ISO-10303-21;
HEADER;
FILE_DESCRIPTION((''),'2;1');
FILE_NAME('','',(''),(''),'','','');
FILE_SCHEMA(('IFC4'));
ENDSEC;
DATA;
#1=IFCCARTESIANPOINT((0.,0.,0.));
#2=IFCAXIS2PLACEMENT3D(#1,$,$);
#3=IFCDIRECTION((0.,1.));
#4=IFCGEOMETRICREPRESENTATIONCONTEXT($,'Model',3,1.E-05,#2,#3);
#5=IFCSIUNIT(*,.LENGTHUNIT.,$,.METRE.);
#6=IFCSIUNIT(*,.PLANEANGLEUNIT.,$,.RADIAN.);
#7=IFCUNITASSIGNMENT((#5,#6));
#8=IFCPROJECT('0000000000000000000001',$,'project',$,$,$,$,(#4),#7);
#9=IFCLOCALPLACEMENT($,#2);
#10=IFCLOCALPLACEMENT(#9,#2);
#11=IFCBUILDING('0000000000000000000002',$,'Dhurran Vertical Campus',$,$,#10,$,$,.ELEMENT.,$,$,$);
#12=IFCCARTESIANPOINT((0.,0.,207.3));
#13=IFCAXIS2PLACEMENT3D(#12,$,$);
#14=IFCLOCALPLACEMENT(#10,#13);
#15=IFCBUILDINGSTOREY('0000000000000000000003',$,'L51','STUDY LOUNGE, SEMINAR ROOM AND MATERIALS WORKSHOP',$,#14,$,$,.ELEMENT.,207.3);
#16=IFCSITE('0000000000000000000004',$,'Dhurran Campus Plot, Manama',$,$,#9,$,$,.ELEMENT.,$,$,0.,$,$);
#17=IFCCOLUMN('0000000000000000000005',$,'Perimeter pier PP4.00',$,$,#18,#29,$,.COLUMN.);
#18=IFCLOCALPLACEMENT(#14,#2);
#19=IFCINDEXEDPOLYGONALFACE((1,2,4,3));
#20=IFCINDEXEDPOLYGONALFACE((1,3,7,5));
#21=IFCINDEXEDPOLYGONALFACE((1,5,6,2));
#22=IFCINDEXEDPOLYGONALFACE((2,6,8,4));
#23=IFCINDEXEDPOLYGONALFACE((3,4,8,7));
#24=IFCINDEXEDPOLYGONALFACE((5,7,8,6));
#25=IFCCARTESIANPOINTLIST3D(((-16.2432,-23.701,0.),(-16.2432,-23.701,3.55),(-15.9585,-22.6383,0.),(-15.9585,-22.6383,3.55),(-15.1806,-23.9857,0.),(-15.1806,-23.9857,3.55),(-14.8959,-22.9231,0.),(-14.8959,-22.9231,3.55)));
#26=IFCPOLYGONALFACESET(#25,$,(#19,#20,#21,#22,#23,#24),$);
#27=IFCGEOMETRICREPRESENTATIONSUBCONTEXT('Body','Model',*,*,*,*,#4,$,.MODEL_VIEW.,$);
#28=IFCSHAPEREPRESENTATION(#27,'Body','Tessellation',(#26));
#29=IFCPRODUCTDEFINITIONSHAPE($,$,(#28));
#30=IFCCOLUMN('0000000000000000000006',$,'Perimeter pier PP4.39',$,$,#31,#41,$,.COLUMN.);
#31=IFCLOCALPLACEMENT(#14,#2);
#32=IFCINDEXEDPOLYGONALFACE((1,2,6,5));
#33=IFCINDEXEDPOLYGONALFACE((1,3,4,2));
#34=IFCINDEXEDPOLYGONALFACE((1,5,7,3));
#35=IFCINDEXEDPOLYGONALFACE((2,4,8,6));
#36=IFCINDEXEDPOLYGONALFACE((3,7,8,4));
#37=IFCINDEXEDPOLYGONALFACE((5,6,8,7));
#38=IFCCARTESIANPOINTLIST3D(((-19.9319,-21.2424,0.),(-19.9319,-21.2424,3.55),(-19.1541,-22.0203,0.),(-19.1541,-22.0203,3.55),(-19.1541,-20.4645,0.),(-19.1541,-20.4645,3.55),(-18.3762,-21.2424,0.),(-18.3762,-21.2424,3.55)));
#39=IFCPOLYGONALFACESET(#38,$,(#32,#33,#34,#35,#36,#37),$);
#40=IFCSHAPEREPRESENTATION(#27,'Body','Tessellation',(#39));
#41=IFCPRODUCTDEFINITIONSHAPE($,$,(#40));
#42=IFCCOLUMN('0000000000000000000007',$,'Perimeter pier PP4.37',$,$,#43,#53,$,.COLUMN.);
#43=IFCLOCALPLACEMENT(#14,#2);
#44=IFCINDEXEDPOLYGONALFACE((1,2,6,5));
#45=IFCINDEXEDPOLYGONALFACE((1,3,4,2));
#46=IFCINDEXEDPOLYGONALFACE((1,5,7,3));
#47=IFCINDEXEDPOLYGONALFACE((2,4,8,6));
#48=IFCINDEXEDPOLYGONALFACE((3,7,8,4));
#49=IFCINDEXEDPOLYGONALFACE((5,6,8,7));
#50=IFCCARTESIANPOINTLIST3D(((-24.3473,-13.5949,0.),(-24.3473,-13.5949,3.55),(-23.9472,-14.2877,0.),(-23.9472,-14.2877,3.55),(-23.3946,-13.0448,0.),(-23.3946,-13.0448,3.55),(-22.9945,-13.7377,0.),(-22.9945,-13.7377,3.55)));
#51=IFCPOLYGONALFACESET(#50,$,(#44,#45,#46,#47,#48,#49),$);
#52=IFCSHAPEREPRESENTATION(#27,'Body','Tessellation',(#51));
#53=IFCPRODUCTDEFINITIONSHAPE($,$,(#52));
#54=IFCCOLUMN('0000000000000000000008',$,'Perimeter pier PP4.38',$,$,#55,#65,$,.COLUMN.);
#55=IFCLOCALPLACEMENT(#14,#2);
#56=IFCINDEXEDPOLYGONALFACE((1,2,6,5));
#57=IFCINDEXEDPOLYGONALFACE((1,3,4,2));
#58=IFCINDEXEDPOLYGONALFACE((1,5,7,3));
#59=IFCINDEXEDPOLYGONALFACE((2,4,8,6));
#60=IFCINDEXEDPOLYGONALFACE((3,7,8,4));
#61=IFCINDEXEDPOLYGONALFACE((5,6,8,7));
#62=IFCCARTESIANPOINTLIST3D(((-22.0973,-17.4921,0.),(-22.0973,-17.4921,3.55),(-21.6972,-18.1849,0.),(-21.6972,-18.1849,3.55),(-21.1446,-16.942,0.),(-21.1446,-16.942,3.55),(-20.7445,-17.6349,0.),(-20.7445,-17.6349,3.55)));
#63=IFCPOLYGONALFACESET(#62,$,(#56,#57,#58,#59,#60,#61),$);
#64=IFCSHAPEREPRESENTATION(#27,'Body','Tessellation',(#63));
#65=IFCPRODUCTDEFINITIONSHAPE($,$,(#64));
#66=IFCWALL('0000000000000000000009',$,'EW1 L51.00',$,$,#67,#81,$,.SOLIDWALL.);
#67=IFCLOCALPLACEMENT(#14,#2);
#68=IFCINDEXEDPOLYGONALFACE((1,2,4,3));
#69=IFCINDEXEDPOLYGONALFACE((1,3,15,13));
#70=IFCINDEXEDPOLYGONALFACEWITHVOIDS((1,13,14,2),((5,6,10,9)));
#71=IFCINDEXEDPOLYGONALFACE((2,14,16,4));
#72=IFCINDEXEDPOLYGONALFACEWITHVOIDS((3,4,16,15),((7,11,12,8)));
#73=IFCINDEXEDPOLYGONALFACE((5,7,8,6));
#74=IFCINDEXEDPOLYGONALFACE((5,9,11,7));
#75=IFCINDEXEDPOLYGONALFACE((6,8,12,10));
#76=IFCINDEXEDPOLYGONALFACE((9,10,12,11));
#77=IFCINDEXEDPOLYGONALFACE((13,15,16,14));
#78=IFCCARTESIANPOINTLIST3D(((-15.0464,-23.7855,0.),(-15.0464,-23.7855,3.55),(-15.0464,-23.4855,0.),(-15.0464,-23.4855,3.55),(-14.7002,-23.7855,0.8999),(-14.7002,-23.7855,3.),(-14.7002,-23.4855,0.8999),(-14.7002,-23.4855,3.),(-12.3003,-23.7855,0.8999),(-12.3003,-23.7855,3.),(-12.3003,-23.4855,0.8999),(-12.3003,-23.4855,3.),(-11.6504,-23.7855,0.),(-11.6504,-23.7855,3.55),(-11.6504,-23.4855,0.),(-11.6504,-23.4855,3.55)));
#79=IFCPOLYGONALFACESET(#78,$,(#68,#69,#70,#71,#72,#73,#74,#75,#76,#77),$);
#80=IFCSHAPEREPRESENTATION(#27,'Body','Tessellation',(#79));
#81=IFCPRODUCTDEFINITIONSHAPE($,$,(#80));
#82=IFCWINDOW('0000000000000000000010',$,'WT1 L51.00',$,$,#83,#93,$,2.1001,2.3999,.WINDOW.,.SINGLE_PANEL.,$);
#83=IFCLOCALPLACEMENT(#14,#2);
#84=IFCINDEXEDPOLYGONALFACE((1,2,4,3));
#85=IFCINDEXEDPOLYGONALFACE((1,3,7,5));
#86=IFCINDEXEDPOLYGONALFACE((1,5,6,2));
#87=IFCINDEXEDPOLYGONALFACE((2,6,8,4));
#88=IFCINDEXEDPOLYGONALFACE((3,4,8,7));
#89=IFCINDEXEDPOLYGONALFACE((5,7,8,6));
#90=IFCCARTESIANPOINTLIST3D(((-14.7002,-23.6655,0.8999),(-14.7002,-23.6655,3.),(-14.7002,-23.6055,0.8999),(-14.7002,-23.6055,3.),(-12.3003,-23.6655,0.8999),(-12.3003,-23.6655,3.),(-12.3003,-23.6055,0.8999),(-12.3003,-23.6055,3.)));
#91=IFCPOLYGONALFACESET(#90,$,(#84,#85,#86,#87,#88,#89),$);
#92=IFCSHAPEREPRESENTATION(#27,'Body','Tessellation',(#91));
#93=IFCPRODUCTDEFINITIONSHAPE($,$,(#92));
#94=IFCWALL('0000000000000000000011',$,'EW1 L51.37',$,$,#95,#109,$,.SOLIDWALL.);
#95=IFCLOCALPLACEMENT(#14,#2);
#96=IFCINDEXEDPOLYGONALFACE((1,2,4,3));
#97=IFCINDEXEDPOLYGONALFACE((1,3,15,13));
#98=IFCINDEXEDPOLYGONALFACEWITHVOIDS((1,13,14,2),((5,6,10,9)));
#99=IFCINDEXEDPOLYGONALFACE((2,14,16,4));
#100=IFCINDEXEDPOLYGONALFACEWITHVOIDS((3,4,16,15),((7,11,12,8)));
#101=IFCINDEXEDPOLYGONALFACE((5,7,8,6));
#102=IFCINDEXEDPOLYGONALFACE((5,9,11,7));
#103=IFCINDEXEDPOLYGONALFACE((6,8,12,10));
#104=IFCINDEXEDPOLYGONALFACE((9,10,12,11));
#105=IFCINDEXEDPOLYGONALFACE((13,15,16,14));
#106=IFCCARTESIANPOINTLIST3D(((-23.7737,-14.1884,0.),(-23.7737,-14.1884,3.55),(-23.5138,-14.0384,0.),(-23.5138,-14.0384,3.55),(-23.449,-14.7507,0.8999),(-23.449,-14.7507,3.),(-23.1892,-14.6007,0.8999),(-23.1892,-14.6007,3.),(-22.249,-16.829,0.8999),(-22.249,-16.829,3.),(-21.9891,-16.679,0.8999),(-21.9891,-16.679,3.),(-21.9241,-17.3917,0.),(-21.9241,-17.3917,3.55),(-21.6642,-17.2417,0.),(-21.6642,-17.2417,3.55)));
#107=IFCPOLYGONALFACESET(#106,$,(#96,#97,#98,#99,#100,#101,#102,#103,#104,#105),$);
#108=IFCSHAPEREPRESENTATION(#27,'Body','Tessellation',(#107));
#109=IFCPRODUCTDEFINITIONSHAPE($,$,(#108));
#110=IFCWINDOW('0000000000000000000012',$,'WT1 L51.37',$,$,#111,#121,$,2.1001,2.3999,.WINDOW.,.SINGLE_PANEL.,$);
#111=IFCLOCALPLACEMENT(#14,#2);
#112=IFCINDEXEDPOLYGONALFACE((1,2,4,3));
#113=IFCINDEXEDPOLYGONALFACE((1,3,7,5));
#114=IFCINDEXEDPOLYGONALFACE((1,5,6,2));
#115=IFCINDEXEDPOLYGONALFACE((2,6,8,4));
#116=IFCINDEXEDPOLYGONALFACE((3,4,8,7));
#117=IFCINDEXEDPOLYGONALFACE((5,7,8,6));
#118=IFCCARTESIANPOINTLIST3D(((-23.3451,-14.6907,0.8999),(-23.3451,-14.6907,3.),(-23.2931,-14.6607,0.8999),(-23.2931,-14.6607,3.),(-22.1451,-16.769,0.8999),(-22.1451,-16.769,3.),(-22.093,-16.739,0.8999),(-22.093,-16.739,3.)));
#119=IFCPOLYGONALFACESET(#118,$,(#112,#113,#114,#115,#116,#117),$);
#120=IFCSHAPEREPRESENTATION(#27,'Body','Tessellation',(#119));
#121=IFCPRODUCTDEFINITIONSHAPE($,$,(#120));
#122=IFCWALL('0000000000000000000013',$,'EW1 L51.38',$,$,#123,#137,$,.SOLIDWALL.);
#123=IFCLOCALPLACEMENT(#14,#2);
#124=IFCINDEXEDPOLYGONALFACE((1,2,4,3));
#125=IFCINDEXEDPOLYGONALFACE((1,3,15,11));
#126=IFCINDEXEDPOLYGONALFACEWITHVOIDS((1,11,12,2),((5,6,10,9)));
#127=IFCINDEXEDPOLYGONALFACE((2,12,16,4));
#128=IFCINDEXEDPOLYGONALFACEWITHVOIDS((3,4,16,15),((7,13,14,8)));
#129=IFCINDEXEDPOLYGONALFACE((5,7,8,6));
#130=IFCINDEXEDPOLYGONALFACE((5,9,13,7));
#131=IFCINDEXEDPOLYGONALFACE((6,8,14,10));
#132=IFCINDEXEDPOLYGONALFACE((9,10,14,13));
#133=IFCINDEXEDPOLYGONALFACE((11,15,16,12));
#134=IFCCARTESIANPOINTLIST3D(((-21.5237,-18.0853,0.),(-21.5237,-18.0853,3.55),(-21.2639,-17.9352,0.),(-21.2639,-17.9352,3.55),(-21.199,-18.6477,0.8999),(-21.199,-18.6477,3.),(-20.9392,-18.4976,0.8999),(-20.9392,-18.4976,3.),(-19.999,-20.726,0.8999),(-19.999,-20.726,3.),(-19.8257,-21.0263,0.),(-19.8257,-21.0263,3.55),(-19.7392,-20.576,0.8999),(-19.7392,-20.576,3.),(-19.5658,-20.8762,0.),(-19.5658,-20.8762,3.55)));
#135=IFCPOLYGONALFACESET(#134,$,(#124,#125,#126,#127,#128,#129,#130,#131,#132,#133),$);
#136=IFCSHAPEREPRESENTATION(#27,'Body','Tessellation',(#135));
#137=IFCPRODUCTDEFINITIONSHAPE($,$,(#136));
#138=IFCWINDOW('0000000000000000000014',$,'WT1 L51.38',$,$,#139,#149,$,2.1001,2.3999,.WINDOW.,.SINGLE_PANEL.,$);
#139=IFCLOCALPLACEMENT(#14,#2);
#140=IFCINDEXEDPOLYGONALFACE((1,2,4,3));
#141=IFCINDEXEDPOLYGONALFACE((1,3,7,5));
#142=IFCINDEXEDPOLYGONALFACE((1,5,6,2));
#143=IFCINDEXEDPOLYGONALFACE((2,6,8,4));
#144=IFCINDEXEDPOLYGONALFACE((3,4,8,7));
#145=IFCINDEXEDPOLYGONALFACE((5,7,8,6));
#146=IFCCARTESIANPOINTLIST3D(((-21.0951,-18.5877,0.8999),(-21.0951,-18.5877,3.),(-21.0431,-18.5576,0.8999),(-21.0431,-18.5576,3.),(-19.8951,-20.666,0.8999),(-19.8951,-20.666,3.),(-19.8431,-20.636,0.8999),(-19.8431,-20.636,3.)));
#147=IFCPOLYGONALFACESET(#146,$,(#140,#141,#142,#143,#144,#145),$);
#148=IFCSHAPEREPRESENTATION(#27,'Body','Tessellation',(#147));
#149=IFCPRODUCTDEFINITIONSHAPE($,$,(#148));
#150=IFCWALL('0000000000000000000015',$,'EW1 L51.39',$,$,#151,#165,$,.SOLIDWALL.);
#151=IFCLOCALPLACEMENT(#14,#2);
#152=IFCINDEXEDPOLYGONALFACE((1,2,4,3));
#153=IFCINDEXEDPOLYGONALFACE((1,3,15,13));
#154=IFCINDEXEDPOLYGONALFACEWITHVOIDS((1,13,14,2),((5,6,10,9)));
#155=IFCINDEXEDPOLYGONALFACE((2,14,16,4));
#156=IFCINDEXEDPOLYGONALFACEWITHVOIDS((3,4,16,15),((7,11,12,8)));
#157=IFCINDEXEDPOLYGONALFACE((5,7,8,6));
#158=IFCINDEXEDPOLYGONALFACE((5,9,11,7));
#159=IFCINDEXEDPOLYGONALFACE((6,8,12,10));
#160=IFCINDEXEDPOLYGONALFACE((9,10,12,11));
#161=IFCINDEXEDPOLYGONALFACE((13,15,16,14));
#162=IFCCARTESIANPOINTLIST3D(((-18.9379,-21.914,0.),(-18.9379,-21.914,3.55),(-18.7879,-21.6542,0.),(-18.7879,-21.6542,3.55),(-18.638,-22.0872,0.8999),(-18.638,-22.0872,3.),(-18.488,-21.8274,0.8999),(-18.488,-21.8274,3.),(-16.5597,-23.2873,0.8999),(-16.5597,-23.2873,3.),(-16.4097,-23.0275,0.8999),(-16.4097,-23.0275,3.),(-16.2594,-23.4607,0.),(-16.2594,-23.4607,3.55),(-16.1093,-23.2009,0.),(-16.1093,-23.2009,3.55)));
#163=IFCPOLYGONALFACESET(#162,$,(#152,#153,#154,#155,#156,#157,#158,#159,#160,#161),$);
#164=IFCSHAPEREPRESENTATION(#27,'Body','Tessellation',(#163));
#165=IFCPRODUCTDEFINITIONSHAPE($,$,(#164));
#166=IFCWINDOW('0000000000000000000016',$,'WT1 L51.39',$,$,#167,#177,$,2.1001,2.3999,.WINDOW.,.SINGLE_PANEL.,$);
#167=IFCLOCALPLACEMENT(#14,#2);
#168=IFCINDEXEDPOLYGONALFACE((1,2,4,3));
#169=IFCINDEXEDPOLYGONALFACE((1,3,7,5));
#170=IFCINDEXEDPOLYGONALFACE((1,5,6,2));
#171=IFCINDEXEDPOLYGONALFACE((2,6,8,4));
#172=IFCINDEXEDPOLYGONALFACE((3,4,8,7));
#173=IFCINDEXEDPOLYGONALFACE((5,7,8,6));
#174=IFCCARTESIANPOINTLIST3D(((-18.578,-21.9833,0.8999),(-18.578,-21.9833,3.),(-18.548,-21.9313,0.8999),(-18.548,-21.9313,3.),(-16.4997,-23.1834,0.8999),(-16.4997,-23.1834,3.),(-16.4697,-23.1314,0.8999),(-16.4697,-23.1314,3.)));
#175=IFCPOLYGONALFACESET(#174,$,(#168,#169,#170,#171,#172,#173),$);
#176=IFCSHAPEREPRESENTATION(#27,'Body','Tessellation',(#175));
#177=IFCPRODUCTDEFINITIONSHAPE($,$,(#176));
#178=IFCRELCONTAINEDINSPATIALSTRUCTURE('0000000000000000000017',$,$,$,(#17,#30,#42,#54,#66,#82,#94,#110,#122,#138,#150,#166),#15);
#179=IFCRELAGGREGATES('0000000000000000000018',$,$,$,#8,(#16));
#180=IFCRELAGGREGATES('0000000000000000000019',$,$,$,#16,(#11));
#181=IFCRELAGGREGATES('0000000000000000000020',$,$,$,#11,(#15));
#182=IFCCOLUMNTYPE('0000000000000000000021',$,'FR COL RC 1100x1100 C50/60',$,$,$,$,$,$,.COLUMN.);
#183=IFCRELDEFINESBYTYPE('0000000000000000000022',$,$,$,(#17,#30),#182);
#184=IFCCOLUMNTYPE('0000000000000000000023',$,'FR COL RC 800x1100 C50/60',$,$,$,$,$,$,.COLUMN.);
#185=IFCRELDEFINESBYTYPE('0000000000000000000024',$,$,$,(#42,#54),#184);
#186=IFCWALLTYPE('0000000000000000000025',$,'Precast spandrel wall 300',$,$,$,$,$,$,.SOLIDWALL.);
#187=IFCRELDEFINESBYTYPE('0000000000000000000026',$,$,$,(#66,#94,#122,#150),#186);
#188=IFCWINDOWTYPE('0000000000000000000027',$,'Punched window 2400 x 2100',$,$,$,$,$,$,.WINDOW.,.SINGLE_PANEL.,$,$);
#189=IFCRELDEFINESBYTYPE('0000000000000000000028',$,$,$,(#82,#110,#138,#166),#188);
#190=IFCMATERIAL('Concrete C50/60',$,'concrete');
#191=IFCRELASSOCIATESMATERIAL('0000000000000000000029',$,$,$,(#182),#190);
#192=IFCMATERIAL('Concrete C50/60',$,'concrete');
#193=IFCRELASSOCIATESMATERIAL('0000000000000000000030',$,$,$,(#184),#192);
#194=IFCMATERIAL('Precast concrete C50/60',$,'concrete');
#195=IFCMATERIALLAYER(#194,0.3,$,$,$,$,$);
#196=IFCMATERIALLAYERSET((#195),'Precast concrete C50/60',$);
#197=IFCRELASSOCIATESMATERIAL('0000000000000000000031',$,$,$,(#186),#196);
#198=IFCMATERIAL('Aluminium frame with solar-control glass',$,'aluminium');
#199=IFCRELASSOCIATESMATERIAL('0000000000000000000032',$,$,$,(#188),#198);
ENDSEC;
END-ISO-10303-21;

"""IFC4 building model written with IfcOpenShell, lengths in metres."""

from ifc_helpers import new_model, si_unit, direction, frame, frame_2d, origin, origin_2d, place, context, subcontext, project, spatial, rectangle, extrude, material, layer, layer_set, material_profile, profile_set, type_object, element, fill, save


model = new_model("IFC4")

# Units and contexts
model_context = context("Model", 3, precision=1e-05, world=origin(), true_north=direction((0.0, 1.0)))
body_context = subcontext(model_context, "Body", "Model", "MODEL_VIEW")
ifc_project = project(units=[si_unit("LENGTHUNIT", "METRE"), si_unit("PLANEANGLEUNIT", "RADIAN")], contexts=[model_context])

# Site, building, storey
site_placement = place(None, origin())
site = spatial("IfcSite", under=ifc_project, at=site_placement, Name="Dhurran Campus Plot, Manama", CompositionType="ELEMENT", RefElevation=0.0)
building_placement = place(site_placement, origin())
building = spatial("IfcBuilding", under=site, at=building_placement, Name="Dhurran Vertical Campus", CompositionType="ELEMENT")
storey_placement = place(building_placement, frame((0.0, 0.0, 207.3)))
storey = spatial("IfcBuildingStorey", under=building, at=storey_placement, Name="L51", Description="STUDY LOUNGE, SEMINAR ROOM AND MATERIALS WORKSHOP", CompositionType="ELEMENT", Elevation=207.3)

# Columns
ifc_material_1 = material(Name="Concrete C50/60", Category="concrete")
ifc_material_profile_1 = material_profile(ifc_material_1, rectangle(XDim=1.1001, YDim=1.1001, at=origin_2d()), Name="RC 1100x1100")
ifc_profile_set_1 = profile_set([ifc_material_profile_1], Name="Concrete C50/60")
column_type_1 = type_object("IfcColumnType", Name="FR COL RC 1100x1100 C50/60", PredefinedType="COLUMN", material=ifc_profile_set_1)
for number, where, z_axis, x_axis, name in (
    (1, (-15.5696, -23.312, 0.0), (0.0, 0.0, 1.0), (0.965926, -0.258819, 0.0), "Perimeter pier PP4.00"),
    (2, (-19.1541, -21.2424, 0.0), (0.0, 0.0, 1.0), (0.707107, -0.707107, 0.0), "Perimeter pier PP4.39"),
):
    element("IfcColumn", number, at=place(storey_placement, frame(where, z_axis=z_axis, x_axis=x_axis)), inside=storey, type_object=column_type_1, Name=name, PredefinedType="COLUMN", context=body_context, shape_type="SweptSolid", body=[
        extrude(rectangle(XDim=1.1001, YDim=1.1001, at=origin_2d()), origin(), (0.0, 0.0, 1.0), 3.55),
    ])
ifc_material_2 = material(Name="Concrete C50/60", Category="concrete")
ifc_material_profile_2 = material_profile(ifc_material_2, rectangle(XDim=0.8, YDim=1.1001, at=origin_2d()), Name="RC 800x1100")
ifc_profile_set_2 = profile_set([ifc_material_profile_2], Name="Concrete C50/60")
column_type_2 = type_object("IfcColumnType", Name="FR COL RC 800x1100 C50/60", PredefinedType="COLUMN", material=ifc_profile_set_2)
for number, where, z_axis, x_axis, name in (
    (3, (-23.6709, -13.6663, 0.0), (0.0, 0.0, 1.0), (0.5, -0.866025, 0.0), "Perimeter pier PP4.37"),
    (4, (-21.4209, -17.5635, 0.0), (0.0, 0.0, 1.0), (0.5, -0.866025, 0.0), "Perimeter pier PP4.38"),
):
    element("IfcColumn", number, at=place(storey_placement, frame(where, z_axis=z_axis, x_axis=x_axis)), inside=storey, type_object=column_type_2, Name=name, PredefinedType="COLUMN", context=body_context, shape_type="SweptSolid", body=[
        extrude(rectangle(XDim=0.8, YDim=1.1001, at=origin_2d()), origin(), (0.0, 0.0, 1.0), 3.55),
    ])

# Walls, openings, windows
ifc_material_3 = material(Name="Precast concrete C50/60", Category="concrete")
ifc_layer_1 = layer(ifc_material_3, 0.3)
ifc_layer_set_1 = layer_set([ifc_layer_1], Name="Precast concrete C50/60")
wall_type_1 = type_object("IfcWallType", Name="Precast spandrel wall 300", PredefinedType="SOLIDWALL", material=ifc_layer_set_1)
wall_1_placement = place(storey_placement, frame((-15.0464, -23.6355, 0.0), z_axis=(0.0, 0.0, 1.0), x_axis=(1.0, 0.0, 0.0)))
wall_1 = element("IfcWall", 5, at=wall_1_placement, inside=storey, type_object=wall_type_1, Name="EW1 L51.00", PredefinedType="SOLIDWALL", context=body_context, shape_type="SweptSolid", body=[
    extrude(rectangle(XDim=3.396, YDim=0.3, at=frame_2d((1.698, 0.0))), origin(), (0.0, 0.0, 1.0), 3.55),
])
opening_1_placement = place(wall_1_placement, frame((0.3462, 0.0, 0.8999)))
opening_1 = element("IfcOpeningElement", 6, at=opening_1_placement, cuts=wall_1, PredefinedType="OPENING", context=body_context, shape_type="SweptSolid", body=[
    extrude(rectangle(XDim=2.3999, YDim=2.1001, at=frame_2d((1.2, 1.05))), frame((0.0, 0.1599, 0.0), z_axis=(0.0, -1.0, 0.0), x_axis=(1.0, 0.0, 0.0)), (0.0, 0.0, 1.0), 0.3201),
])
ifc_material_4 = material(Name="Aluminium frame with solar-control glass", Category="aluminium")
window_type = type_object("IfcWindowType", Name="Punched window 2400 x 2100", PartitioningType="SINGLE_PANEL", PredefinedType="WINDOW", material=ifc_material_4)
window_1_placement = place(opening_1_placement, origin())
window_1 = element("IfcWindow", 7, at=window_1_placement, inside=storey, type_object=window_type, Name="WT1 L51.00", OverallHeight=2.1001, OverallWidth=2.3999, PartitioningType="SINGLE_PANEL", PredefinedType="WINDOW", context=body_context, shape_type="SweptSolid", body=[
    extrude(rectangle(XDim=2.3999, YDim=2.1001, at=frame_2d((1.2, 1.05))), frame((0.0, 0.03, 0.0), z_axis=(0.0, -1.0, 0.0), x_axis=(1.0, 0.0, 0.0)), (0.0, 0.0, 1.0), 0.0601),
])
fill(opening_1, window_1)
wall_2_placement = place(storey_placement, frame((-23.6438, -14.1133, 0.0), z_axis=(0.0, 0.0, 1.0), x_axis=(0.500029, -0.866009, 0.0)))
wall_2 = element("IfcWall", 8, at=wall_2_placement, inside=storey, type_object=wall_type_1, Name="EW1 L51.37", PredefinedType="SOLIDWALL", context=body_context, shape_type="SweptSolid", body=[
    extrude(rectangle(XDim=3.699, YDim=0.3, at=frame_2d((1.8496, 0.0))), origin(), (0.0, 0.0, 1.0), 3.55),
])
opening_2_placement = place(wall_2_placement, frame((0.6494, 0.0, 0.8999)))
opening_2 = element("IfcOpeningElement", 9, at=opening_2_placement, cuts=wall_2, PredefinedType="OPENING", context=body_context, shape_type="SweptSolid", body=[
    extrude(rectangle(XDim=2.3999, YDim=2.1001, at=frame_2d((1.2, 1.05))), frame((0.0, 0.1599, 0.0), z_axis=(0.0, -1.0, 0.0), x_axis=(1.0, 0.0, 0.0)), (0.0, 0.0, 1.0), 0.3201),
])
window_2_placement = place(opening_2_placement, origin())
window_2 = element("IfcWindow", 10, at=window_2_placement, inside=storey, type_object=window_type, Name="WT1 L51.37", OverallHeight=2.1001, OverallWidth=2.3999, PartitioningType="SINGLE_PANEL", PredefinedType="WINDOW", context=body_context, shape_type="SweptSolid", body=[
    extrude(rectangle(XDim=2.3999, YDim=2.1001, at=frame_2d((1.2, 1.05))), frame((0.0, 0.03, 0.0), z_axis=(0.0, -1.0, 0.0), x_axis=(1.0, 0.0, 0.0)), (0.0, 0.0, 1.0), 0.0601),
])
fill(opening_2, window_2)
wall_3_placement = place(storey_placement, frame((-21.3938, -18.0103, 0.0), z_axis=(0.0, 0.0, 1.0), x_axis=(0.500013, -0.866018, 0.0)))
wall_3 = element("IfcWall", 11, at=wall_3_placement, inside=storey, type_object=wall_type_1, Name="EW1 L51.38", PredefinedType="SOLIDWALL", context=body_context, shape_type="SweptSolid", body=[
    extrude(rectangle(XDim=3.396, YDim=0.3, at=frame_2d((1.698, 0.0))), origin(), (0.0, 0.0, 1.0), 3.55),
])
opening_3_placement = place(wall_3_placement, frame((0.6494, 0.0, 0.8999)))
opening_3 = element("IfcOpeningElement", 12, at=opening_3_placement, cuts=wall_3, PredefinedType="OPENING", context=body_context, shape_type="SweptSolid", body=[
    extrude(rectangle(XDim=2.3999, YDim=2.1001, at=frame_2d((1.2, 1.05))), frame((0.0, 0.1599, 0.0), z_axis=(0.0, -1.0, 0.0), x_axis=(1.0, 0.0, 0.0)), (0.0, 0.0, 1.0), 0.3201),
])
window_3_placement = place(opening_3_placement, origin())
window_3 = element("IfcWindow", 13, at=window_3_placement, inside=storey, type_object=window_type, Name="WT1 L51.38", OverallHeight=2.1001, OverallWidth=2.3999, PartitioningType="SINGLE_PANEL", PredefinedType="WINDOW", context=body_context, shape_type="SweptSolid", body=[
    extrude(rectangle(XDim=2.3999, YDim=2.1001, at=frame_2d((1.2, 1.05))), frame((0.0, 0.03, 0.0), z_axis=(0.0, -1.0, 0.0), x_axis=(1.0, 0.0, 0.0)), (0.0, 0.0, 1.0), 0.0601),
])
fill(opening_3, window_3)
wall_4_placement = place(storey_placement, frame((-18.8628, -21.7842, 0.0), z_axis=(0.0, 0.0, 1.0), x_axis=(0.865995, -0.500053, 0.0)))
wall_4 = element("IfcWall", 14, at=wall_4_placement, inside=storey, type_object=wall_type_1, Name="EW1 L51.39", PredefinedType="SOLIDWALL", context=body_context, shape_type="SweptSolid", body=[
    extrude(rectangle(XDim=3.093, YDim=0.3, at=frame_2d((1.5464, 0.0))), origin(), (0.0, 0.0, 1.0), 3.55),
])
opening_4_placement = place(wall_4_placement, frame((0.3462, 0.0, 0.8999)))
opening_4 = element("IfcOpeningElement", 15, at=opening_4_placement, cuts=wall_4, PredefinedType="OPENING", context=body_context, shape_type="SweptSolid", body=[
    extrude(rectangle(XDim=2.3999, YDim=2.1001, at=frame_2d((1.2, 1.05))), frame((0.0, 0.1599, 0.0), z_axis=(0.0, -1.0, 0.0), x_axis=(1.0, 0.0, 0.0)), (0.0, 0.0, 1.0), 0.3201),
])
window_4_placement = place(opening_4_placement, origin())
window_4 = element("IfcWindow", 16, at=window_4_placement, inside=storey, type_object=window_type, Name="WT1 L51.39", OverallHeight=2.1001, OverallWidth=2.3999, PartitioningType="SINGLE_PANEL", PredefinedType="WINDOW", context=body_context, shape_type="SweptSolid", body=[
    extrude(rectangle(XDim=2.3999, YDim=2.1001, at=frame_2d((1.2, 1.05))), frame((0.0, 0.03, 0.0), z_axis=(0.0, -1.0, 0.0), x_axis=(1.0, 0.0, 0.0)), (0.0, 0.0, 1.0), 0.0601),
])
fill(opening_4, window_4)

save(model, "model.ifc")
